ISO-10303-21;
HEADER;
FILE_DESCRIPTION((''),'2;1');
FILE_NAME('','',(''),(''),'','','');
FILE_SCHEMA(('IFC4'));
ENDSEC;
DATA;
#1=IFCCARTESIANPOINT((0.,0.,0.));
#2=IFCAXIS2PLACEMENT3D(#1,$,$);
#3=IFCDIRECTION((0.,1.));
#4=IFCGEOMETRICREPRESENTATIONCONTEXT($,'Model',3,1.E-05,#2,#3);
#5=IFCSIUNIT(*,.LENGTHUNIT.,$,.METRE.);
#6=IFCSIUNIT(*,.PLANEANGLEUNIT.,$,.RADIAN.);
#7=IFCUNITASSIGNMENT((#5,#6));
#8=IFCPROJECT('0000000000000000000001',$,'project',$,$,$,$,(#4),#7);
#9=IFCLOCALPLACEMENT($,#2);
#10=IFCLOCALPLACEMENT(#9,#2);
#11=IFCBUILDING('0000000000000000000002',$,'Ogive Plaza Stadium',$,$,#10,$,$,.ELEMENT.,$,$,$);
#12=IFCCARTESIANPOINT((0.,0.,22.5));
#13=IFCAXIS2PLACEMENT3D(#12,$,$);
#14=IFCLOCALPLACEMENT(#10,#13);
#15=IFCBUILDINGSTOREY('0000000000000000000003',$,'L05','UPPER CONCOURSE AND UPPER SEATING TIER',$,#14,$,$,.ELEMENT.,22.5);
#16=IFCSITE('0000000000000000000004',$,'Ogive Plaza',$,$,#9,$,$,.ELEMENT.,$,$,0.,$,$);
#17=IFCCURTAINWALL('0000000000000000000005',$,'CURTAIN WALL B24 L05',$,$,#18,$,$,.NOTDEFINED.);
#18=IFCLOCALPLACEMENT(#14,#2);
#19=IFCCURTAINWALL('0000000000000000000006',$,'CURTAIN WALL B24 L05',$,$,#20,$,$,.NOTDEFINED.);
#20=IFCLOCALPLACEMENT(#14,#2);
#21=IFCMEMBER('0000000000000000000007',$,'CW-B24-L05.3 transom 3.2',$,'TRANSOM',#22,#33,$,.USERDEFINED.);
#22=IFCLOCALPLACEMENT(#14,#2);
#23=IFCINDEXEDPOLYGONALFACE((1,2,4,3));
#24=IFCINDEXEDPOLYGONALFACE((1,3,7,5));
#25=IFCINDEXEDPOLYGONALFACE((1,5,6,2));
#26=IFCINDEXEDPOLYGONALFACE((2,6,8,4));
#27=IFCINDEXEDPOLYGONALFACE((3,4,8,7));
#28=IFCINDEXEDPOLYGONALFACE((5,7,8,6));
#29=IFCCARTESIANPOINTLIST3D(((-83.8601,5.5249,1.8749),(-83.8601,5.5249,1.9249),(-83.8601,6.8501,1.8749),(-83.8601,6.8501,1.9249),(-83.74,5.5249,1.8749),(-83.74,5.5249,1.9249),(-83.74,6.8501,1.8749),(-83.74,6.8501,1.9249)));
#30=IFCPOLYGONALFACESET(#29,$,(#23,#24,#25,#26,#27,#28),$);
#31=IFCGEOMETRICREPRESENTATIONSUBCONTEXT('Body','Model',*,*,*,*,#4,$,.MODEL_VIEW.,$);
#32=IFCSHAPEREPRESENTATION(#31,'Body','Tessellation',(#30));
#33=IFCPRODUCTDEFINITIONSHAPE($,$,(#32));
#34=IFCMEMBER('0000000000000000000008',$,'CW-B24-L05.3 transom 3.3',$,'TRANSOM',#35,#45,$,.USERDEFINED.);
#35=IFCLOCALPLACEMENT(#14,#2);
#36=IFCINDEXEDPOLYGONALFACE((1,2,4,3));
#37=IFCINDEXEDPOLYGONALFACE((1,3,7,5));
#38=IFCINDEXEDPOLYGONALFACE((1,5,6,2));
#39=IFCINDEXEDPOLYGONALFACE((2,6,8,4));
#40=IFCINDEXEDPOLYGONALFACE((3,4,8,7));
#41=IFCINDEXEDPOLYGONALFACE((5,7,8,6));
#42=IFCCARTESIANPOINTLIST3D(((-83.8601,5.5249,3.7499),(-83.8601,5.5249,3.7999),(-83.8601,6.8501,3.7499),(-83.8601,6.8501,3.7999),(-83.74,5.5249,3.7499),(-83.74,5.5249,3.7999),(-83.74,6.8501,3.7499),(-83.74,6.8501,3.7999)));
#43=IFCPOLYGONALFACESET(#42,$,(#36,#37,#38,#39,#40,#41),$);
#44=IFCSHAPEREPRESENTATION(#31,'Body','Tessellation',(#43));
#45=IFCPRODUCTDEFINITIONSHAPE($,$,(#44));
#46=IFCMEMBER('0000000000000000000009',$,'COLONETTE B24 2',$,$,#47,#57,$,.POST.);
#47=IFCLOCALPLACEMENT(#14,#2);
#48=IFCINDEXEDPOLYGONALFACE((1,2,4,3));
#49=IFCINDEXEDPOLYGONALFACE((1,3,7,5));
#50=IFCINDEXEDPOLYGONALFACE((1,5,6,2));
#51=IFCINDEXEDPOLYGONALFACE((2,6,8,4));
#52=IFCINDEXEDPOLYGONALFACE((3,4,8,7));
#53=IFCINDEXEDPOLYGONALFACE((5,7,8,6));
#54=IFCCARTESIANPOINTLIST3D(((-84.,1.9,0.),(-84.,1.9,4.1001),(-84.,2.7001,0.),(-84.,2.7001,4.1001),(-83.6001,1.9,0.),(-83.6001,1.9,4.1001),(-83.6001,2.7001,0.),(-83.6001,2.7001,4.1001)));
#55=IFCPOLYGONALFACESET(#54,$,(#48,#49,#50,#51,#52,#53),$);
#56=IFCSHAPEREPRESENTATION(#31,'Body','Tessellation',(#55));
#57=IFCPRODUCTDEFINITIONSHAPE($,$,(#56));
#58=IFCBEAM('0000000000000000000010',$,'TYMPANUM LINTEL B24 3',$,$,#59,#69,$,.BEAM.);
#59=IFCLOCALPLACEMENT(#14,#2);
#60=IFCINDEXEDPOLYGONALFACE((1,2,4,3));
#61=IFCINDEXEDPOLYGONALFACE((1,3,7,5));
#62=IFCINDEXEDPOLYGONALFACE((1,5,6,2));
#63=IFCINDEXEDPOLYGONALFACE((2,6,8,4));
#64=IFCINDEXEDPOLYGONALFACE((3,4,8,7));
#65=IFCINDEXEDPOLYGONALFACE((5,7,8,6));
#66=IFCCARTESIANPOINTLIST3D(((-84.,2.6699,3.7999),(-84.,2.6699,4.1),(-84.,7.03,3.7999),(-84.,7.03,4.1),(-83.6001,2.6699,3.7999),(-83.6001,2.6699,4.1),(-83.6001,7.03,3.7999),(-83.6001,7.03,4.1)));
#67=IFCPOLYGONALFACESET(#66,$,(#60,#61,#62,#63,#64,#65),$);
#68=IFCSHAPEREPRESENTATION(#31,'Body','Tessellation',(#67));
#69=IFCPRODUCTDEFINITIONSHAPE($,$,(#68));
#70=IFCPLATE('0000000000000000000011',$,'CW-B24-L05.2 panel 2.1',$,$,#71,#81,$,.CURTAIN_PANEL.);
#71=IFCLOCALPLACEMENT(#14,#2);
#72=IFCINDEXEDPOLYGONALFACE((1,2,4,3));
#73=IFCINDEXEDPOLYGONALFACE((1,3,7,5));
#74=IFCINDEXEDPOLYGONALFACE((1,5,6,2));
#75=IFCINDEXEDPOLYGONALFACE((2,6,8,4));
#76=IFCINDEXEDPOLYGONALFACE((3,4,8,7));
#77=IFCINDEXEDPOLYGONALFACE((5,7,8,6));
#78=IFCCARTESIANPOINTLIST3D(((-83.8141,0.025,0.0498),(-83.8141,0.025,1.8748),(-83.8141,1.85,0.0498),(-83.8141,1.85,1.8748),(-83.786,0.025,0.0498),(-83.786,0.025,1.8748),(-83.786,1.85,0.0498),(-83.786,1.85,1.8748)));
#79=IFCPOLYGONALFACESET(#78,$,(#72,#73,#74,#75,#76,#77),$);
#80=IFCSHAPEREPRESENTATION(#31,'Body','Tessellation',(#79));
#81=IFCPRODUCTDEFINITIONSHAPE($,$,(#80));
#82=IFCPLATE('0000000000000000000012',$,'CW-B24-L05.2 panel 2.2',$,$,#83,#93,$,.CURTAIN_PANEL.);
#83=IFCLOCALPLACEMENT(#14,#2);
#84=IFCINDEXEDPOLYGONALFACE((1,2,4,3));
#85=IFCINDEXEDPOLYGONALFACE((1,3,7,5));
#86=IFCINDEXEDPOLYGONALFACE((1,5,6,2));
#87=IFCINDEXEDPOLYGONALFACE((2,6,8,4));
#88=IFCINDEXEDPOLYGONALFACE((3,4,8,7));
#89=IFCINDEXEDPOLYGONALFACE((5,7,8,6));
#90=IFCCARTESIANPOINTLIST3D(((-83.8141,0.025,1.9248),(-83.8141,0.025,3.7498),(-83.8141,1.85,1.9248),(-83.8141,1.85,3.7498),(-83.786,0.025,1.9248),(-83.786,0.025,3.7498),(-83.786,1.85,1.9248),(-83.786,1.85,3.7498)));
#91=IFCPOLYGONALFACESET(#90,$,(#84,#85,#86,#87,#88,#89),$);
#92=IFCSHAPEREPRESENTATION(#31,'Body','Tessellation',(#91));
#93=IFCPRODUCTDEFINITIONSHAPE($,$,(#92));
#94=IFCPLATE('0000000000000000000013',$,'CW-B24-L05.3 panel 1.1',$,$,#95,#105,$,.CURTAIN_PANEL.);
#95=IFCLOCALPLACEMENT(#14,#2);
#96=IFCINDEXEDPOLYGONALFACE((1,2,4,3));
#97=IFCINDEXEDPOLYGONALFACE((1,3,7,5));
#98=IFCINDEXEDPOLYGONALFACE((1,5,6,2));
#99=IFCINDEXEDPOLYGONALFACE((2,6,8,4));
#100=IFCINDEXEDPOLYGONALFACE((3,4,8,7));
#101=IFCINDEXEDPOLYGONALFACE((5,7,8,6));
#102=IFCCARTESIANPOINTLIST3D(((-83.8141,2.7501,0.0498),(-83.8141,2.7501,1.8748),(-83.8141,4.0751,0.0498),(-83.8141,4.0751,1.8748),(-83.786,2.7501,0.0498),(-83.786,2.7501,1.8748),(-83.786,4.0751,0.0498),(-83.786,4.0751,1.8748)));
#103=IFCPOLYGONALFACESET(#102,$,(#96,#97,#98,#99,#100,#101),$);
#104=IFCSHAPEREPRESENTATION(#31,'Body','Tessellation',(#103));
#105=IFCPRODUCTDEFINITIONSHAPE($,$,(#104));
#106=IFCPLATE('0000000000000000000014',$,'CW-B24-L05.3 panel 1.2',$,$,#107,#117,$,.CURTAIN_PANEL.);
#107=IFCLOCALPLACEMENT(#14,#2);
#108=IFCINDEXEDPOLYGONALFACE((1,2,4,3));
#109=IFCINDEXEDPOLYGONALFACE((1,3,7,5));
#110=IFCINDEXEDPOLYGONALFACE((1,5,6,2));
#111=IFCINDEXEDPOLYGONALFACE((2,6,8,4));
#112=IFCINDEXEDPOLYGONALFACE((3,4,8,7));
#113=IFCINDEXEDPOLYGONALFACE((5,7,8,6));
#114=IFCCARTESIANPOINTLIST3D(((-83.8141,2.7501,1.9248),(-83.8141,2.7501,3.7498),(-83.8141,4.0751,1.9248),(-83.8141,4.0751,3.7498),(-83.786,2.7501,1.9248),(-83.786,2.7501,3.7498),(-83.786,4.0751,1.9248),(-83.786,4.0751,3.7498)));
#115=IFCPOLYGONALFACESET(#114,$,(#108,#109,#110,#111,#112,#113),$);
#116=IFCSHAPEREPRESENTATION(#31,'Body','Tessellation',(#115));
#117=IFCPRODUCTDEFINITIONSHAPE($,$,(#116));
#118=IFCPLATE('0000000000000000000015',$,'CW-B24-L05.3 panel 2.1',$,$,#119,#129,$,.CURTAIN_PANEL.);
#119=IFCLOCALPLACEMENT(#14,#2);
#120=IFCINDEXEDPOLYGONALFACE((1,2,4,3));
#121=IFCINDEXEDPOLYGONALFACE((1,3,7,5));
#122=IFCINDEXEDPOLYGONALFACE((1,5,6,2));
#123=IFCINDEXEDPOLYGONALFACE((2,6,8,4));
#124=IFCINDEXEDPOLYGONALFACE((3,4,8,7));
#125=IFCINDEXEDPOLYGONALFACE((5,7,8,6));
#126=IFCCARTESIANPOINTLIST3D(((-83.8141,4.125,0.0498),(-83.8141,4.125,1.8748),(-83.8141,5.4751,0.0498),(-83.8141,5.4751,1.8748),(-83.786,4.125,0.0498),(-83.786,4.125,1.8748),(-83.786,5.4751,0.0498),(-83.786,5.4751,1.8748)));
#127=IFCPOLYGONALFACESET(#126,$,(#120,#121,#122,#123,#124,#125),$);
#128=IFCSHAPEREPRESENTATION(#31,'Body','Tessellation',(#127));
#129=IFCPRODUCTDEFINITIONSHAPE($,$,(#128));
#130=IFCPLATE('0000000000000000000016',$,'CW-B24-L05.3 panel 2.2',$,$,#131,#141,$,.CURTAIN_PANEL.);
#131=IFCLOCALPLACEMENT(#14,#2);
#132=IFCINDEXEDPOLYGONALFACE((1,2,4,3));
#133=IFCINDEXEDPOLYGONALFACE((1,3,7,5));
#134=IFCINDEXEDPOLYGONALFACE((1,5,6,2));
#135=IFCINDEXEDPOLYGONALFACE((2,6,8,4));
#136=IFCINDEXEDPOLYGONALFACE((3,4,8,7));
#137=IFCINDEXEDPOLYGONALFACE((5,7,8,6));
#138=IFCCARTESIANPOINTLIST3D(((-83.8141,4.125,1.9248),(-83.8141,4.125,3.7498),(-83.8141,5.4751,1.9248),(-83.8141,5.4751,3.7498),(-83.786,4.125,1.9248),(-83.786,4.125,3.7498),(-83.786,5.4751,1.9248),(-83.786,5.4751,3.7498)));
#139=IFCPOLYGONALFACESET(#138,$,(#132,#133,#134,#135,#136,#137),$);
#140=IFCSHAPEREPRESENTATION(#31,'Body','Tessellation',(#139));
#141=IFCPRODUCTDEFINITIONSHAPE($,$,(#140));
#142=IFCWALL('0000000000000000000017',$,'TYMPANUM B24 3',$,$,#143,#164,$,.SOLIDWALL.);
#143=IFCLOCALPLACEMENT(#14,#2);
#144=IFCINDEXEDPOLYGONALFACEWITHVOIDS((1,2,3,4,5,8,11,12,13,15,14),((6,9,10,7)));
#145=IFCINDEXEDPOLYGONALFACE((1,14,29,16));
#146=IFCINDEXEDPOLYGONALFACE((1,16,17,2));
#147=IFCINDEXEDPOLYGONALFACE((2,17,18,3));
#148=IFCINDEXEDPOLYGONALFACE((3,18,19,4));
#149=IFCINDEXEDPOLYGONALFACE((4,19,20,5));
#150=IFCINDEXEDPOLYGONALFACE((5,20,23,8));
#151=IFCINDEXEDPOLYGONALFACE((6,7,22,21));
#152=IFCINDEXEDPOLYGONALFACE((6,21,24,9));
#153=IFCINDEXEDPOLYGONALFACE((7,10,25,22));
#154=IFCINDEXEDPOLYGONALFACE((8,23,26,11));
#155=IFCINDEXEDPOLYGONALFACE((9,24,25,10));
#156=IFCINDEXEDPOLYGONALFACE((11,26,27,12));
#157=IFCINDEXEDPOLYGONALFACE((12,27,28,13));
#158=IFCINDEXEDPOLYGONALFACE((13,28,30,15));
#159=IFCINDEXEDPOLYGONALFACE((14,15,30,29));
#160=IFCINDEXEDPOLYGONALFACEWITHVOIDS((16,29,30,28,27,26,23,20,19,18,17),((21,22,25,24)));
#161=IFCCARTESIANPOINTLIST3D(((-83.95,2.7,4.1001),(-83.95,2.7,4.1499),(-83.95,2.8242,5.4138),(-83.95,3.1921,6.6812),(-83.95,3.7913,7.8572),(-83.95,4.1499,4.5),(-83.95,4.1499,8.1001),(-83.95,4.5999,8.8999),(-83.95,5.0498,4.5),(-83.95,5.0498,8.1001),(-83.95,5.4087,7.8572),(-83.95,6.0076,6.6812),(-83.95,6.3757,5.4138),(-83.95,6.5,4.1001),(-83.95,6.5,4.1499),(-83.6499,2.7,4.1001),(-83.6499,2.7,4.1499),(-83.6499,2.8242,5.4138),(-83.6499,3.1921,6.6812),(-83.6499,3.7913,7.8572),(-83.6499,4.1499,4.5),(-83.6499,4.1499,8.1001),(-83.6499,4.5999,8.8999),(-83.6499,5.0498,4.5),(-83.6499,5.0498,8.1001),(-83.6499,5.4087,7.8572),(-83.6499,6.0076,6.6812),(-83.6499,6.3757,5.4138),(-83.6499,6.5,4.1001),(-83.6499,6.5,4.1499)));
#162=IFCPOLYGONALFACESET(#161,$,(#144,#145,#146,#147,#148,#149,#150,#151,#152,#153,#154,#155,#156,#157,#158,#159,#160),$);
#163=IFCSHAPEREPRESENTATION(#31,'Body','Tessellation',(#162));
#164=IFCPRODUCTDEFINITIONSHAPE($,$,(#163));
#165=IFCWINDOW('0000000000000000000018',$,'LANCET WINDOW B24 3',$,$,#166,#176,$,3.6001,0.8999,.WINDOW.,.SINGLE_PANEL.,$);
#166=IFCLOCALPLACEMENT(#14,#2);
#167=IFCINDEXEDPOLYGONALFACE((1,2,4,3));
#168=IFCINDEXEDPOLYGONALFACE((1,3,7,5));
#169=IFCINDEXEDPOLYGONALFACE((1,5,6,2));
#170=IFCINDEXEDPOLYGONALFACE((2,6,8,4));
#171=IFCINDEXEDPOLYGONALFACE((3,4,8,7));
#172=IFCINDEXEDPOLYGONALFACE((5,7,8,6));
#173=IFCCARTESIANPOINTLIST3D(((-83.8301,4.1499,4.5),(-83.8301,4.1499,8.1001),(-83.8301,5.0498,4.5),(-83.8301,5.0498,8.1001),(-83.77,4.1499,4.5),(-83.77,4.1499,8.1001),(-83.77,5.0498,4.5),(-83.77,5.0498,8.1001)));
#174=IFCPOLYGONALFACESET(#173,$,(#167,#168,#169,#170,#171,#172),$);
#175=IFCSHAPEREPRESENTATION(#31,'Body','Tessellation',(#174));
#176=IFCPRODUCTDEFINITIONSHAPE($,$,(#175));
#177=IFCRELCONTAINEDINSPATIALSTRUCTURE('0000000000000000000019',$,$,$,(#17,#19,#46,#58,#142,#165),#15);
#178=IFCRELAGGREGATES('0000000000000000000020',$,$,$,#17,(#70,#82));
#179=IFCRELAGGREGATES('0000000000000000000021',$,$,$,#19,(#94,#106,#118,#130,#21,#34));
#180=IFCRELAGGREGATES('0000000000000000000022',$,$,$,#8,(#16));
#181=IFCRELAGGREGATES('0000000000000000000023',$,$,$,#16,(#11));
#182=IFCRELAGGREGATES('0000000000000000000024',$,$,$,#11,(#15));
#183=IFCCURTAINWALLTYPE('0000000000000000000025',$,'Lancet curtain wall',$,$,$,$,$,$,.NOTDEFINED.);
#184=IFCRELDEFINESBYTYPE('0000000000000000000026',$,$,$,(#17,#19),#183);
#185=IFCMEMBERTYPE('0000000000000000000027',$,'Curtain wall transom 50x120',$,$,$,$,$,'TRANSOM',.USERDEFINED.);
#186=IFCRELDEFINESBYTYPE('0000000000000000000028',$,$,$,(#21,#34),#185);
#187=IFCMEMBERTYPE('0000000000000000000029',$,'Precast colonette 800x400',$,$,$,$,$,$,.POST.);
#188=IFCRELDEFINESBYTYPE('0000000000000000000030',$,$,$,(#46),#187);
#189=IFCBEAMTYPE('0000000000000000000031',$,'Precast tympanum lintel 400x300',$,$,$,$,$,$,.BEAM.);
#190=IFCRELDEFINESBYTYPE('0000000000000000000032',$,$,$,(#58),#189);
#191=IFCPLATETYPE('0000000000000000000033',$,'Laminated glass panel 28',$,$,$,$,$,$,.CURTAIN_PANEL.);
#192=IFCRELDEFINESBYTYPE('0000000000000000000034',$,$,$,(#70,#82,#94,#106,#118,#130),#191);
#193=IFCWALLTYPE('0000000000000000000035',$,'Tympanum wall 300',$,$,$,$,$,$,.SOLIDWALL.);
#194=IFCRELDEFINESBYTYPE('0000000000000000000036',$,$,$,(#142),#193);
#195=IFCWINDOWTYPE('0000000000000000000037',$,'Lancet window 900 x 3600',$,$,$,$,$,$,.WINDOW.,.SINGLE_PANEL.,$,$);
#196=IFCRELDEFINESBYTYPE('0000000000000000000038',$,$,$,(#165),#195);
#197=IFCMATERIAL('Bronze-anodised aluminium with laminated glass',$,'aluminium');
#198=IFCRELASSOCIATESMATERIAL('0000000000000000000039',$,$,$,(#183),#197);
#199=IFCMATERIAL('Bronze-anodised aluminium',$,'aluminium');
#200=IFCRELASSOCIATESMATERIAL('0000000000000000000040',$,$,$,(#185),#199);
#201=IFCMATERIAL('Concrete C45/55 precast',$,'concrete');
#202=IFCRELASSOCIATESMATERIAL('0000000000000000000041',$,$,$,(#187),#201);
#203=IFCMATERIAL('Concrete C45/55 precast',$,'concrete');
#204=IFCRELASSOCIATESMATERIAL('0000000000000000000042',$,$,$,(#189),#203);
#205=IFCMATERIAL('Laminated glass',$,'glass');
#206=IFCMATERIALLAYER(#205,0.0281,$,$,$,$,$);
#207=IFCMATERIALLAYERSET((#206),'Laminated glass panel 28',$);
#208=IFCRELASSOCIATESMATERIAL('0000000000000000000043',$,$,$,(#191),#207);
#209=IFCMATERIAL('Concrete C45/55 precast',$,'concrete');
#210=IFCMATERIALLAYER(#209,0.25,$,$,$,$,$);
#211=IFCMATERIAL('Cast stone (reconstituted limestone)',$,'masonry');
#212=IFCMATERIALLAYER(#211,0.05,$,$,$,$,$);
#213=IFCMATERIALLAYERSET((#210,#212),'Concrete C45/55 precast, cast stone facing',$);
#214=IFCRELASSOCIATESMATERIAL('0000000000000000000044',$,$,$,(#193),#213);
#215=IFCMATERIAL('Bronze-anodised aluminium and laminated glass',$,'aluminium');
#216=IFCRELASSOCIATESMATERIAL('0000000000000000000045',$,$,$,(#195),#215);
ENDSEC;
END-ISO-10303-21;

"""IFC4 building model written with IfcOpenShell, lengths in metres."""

from ifc_helpers import new_model, si_unit, direction, frame, frame_2d, origin, origin_2d, place, context, subcontext, project, spatial, polyline, rectangle, outline, extrude, material, layer, layer_set, material_profile, profile_set, type_object, element, fill, aggregate, save


model = new_model("IFC4")

# Units and contexts
model_context = context("Model", 3, precision=1e-05, world=origin(), true_north=direction((0.0, 1.0)))
body_context = subcontext(model_context, "Body", "Model", "MODEL_VIEW")
ifc_project = project(units=[si_unit("LENGTHUNIT", "METRE"), si_unit("PLANEANGLEUNIT", "RADIAN")], contexts=[model_context])

# Site, building, storey
site_placement = place(None, origin())
site = spatial("IfcSite", under=ifc_project, at=site_placement, Name="Ogive Plaza", CompositionType="ELEMENT", RefElevation=0.0)
building_placement = place(site_placement, origin())
building = spatial("IfcBuilding", under=site, at=building_placement, Name="Ogive Plaza Stadium", CompositionType="ELEMENT")
storey_placement = place(building_placement, frame((0.0, 0.0, 22.5)))
storey = spatial("IfcBuildingStorey", under=building, at=storey_placement, Name="L05", Description="UPPER CONCOURSE AND UPPER SEATING TIER", CompositionType="ELEMENT", Elevation=22.5)

# Curtain walls
ifc_material_1 = material(Name="Bronze-anodised aluminium with laminated glass", Category="aluminium")
curtain_wall_type = type_object("IfcCurtainWallType", Name="Lancet curtain wall", PredefinedType="NOTDEFINED", material=ifc_material_1)
curtain_wall_1_placement = place(storey_placement, origin())
curtain_wall_1 = element("IfcCurtainWall", 1, at=curtain_wall_1_placement, inside=storey, type_object=curtain_wall_type, Name="CURTAIN WALL B24 L05", PredefinedType="NOTDEFINED")
curtain_wall_2_placement = place(storey_placement, origin())
curtain_wall_2 = element("IfcCurtainWall", 2, at=curtain_wall_2_placement, inside=storey, type_object=curtain_wall_type, Name="CURTAIN WALL B24 L05", PredefinedType="NOTDEFINED")

# Members
ifc_material_2 = material(Name="Bronze-anodised aluminium", Category="aluminium")
ifc_material_profile_1 = material_profile(ifc_material_2, rectangle(XDim=0.1201, YDim=0.05, at=origin_2d()), Name="AL 120x50")
ifc_profile_set_1 = profile_set([ifc_material_profile_1], Name="Bronze-anodised aluminium")
member_type_1 = type_object("IfcMemberType", Name="Curtain wall transom 50x120", ElementType="TRANSOM", PredefinedType="USERDEFINED", material=ifc_profile_set_1)
member_1_placement = place(storey_placement, frame((-83.8, 5.5249, 1.8999), z_axis=(0.0, 1.0, 0.0), x_axis=(-1.0, 0.0, 0.0)))
member_1 = element("IfcMember", 3, at=member_1_placement, type_object=member_type_1, Name="CW-B24-L05.3 transom 3.2", ObjectType="TRANSOM", PredefinedType="USERDEFINED", context=body_context, shape_type="SweptSolid", body=[
    extrude(rectangle(XDim=0.1201, YDim=0.05, at=origin_2d()), origin(), (0.0, 0.0, 1.0), 1.3252),
])
member_2_placement = place(storey_placement, frame((-83.8, 5.5249, 3.7749), z_axis=(0.0, 1.0, 0.0), x_axis=(-1.0, 0.0, 0.0)))
member_2 = element("IfcMember", 4, at=member_2_placement, type_object=member_type_1, Name="CW-B24-L05.3 transom 3.3", ObjectType="TRANSOM", PredefinedType="USERDEFINED", context=body_context, shape_type="SweptSolid", body=[
    extrude(rectangle(XDim=0.1201, YDim=0.05, at=origin_2d()), origin(), (0.0, 0.0, 1.0), 1.3252),
])
ifc_material_3 = material(Name="Concrete C45/55 precast", Category="concrete")
ifc_material_profile_2 = material_profile(ifc_material_3, rectangle(XDim=0.3999, YDim=0.8, at=origin_2d()), Name="RC 400x800")
ifc_profile_set_2 = profile_set([ifc_material_profile_2], Name="Concrete C45/55 precast")
member_type_2 = type_object("IfcMemberType", Name="Precast colonette 800x400", PredefinedType="POST", material=ifc_profile_set_2)
member_3_placement = place(storey_placement, frame((-83.8, 2.3, 0.0), z_axis=(0.0, 0.0, 1.0), x_axis=(-1.0, 0.0, 0.0)))
element("IfcMember", 5, at=member_3_placement, inside=storey, type_object=member_type_2, Name="COLONETTE B24 2", PredefinedType="POST", context=body_context, shape_type="SweptSolid", body=[
    extrude(rectangle(XDim=0.3999, YDim=0.8, at=origin_2d()), origin(), (0.0, 0.0, 1.0), 4.1001),
])

# Beam
ifc_material_4 = material(Name="Concrete C45/55 precast", Category="concrete")
ifc_material_profile_3 = material_profile(ifc_material_4, rectangle(XDim=0.3999, YDim=0.3, at=origin_2d()), Name="RC 400x300")
ifc_profile_set_3 = profile_set([ifc_material_profile_3], Name="Concrete C45/55 precast")
beam_type = type_object("IfcBeamType", Name="Precast tympanum lintel 400x300", PredefinedType="BEAM", material=ifc_profile_set_3)
beam_placement = place(storey_placement, frame((-83.8, 2.6699, 3.95), z_axis=(0.0, 1.0, 0.0), x_axis=(-1.0, 0.0, 0.0)))
element("IfcBeam", 6, at=beam_placement, inside=storey, type_object=beam_type, Name="TYMPANUM LINTEL B24 3", PredefinedType="BEAM", context=body_context, shape_type="SweptSolid", body=[
    extrude(rectangle(XDim=0.3999, YDim=0.3, at=origin_2d()), origin(), (0.0, 0.0, 1.0), 4.3601),
])

# Plates
ifc_material_5 = material(Name="Laminated glass", Category="glass")
ifc_layer_1 = layer(ifc_material_5, 0.0281)
ifc_layer_set_1 = layer_set([ifc_layer_1], Name="Laminated glass panel 28")
plate_type = type_object("IfcPlateType", Name="Laminated glass panel 28", PredefinedType="CURTAIN_PANEL", material=ifc_layer_set_1)
plate_1_placement = place(storey_placement, frame((-83.8, 0.9375, 0.0498), z_axis=(0.0, 0.0, 1.0), x_axis=(0.0, 1.0, 0.0)))
plate_1 = element("IfcPlate", 7, at=plate_1_placement, type_object=plate_type, Name="CW-B24-L05.2 panel 2.1", PredefinedType="CURTAIN_PANEL", context=body_context, shape_type="SweptSolid", body=[
    extrude(rectangle(XDim=1.825, YDim=0.0281, at=origin_2d()), origin(), (0.0, 0.0, 1.0), 1.825),
])
plate_2_placement = place(storey_placement, frame((-83.8, 0.9375, 1.9248), z_axis=(0.0, 0.0, 1.0), x_axis=(0.0, 1.0, 0.0)))
plate_2 = element("IfcPlate", 8, at=plate_2_placement, type_object=plate_type, Name="CW-B24-L05.2 panel 2.2", PredefinedType="CURTAIN_PANEL", context=body_context, shape_type="SweptSolid", body=[
    extrude(rectangle(XDim=1.825, YDim=0.0281, at=origin_2d()), origin(), (0.0, 0.0, 1.0), 1.825),
])
aggregate(curtain_wall_1, [plate_1, plate_2])
plate_3_placement = place(storey_placement, frame((-83.8, 3.4126, 0.0498), z_axis=(0.0, 0.0, 1.0), x_axis=(0.0, 1.0, 0.0)))
plate_3 = element("IfcPlate", 9, at=plate_3_placement, type_object=plate_type, Name="CW-B24-L05.3 panel 1.1", PredefinedType="CURTAIN_PANEL", context=body_context, shape_type="SweptSolid", body=[
    extrude(rectangle(XDim=1.325, YDim=0.0281, at=origin_2d()), origin(), (0.0, 0.0, 1.0), 1.825),
])
plate_4_placement = place(storey_placement, frame((-83.8, 3.4126, 1.9248), z_axis=(0.0, 0.0, 1.0), x_axis=(0.0, 1.0, 0.0)))
plate_4 = element("IfcPlate", 10, at=plate_4_placement, type_object=plate_type, Name="CW-B24-L05.3 panel 1.2", PredefinedType="CURTAIN_PANEL", context=body_context, shape_type="SweptSolid", body=[
    extrude(rectangle(XDim=1.325, YDim=0.0281, at=origin_2d()), origin(), (0.0, 0.0, 1.0), 1.825),
])
plate_5_placement = place(storey_placement, frame((-83.8, 4.8, 0.0498), z_axis=(0.0, 0.0, 1.0), x_axis=(0.0, 1.0, 0.0)))
plate_5 = element("IfcPlate", 11, at=plate_5_placement, type_object=plate_type, Name="CW-B24-L05.3 panel 2.1", PredefinedType="CURTAIN_PANEL", context=body_context, shape_type="SweptSolid", body=[
    extrude(rectangle(XDim=1.3501, YDim=0.0281, at=origin_2d()), origin(), (0.0, 0.0, 1.0), 1.825),
])
plate_6_placement = place(storey_placement, frame((-83.8, 4.8, 1.9248), z_axis=(0.0, 0.0, 1.0), x_axis=(0.0, 1.0, 0.0)))
plate_6 = element("IfcPlate", 12, at=plate_6_placement, type_object=plate_type, Name="CW-B24-L05.3 panel 2.2", PredefinedType="CURTAIN_PANEL", context=body_context, shape_type="SweptSolid", body=[
    extrude(rectangle(XDim=1.3501, YDim=0.0281, at=origin_2d()), origin(), (0.0, 0.0, 1.0), 1.825),
])
aggregate(curtain_wall_2, [plate_3, plate_4, plate_5, plate_6, member_1, member_2])

# Wall, opening, window
ifc_material_6 = material(Name="Concrete C45/55 precast", Category="concrete")
ifc_layer_2 = layer(ifc_material_6, 0.25)
ifc_material_7 = material(Name="Cast stone (reconstituted limestone)", Category="masonry")
ifc_layer_3 = layer(ifc_material_7, 0.05)
ifc_layer_set_2 = layer_set([ifc_layer_2, ifc_layer_3], Name="Concrete C45/55 precast, cast stone facing")
wall_type = type_object("IfcWallType", Name="Tympanum wall 300", PredefinedType="SOLIDWALL", material=ifc_layer_set_2)
wall_placement = place(storey_placement, frame((-83.8, 2.7, 4.1001), z_axis=(0.0, 0.0, 1.0), x_axis=(0.0, 1.0, 0.0)))
wall = element("IfcWall", 13, at=wall_placement, inside=storey, type_object=wall_type, Name="TYMPANUM B24 3", PredefinedType="SOLIDWALL", context=body_context, shape_type="SweptSolid", body=[
    extrude(outline(polyline([(0.0, 0.0), (3.8, 0.0), (3.8, 0.0498), (3.6758, 1.3137), (3.3076, 2.5811), (2.7087, 3.7571), (1.8999, 4.7998), (1.0913, 3.7571), (0.4922, 2.5811), (0.1243, 1.3137), (0.0, 0.0498), (0.0, 0.0)])), frame((0.0, 0.1499, 0.0), z_axis=(0.0, -1.0, 0.0), x_axis=(1.0, 0.0, 0.0)), (0.0, 0.0, 1.0), 0.3),
])
opening_placement = place(wall_placement, frame((1.45, 0.0, 0.3999)))
opening = element("IfcOpeningElement", 14, at=opening_placement, cuts=wall, PredefinedType="OPENING", context=body_context, shape_type="SweptSolid", body=[
    extrude(rectangle(XDim=0.8999, YDim=3.6001, at=frame_2d((0.45, 1.8))), frame((0.0, 0.1602, 0.0), z_axis=(0.0, -1.0, 0.0), x_axis=(1.0, 0.0, 0.0)), (0.0, 0.0, 1.0), 0.3201),
])
ifc_material_8 = material(Name="Bronze-anodised aluminium and laminated glass", Category="aluminium")
window_type = type_object("IfcWindowType", Name="Lancet window 900 x 3600", PartitioningType="SINGLE_PANEL", PredefinedType="WINDOW", material=ifc_material_8)
window_placement = place(opening_placement, origin())
window = element("IfcWindow", 15, at=window_placement, inside=storey, type_object=window_type, Name="LANCET WINDOW B24 3", OverallHeight=3.6001, OverallWidth=0.8999, PartitioningType="SINGLE_PANEL", PredefinedType="WINDOW", context=body_context, shape_type="SweptSolid", body=[
    extrude(rectangle(XDim=0.8999, YDim=3.6001, at=frame_2d((0.45, 1.8))), frame((0.0, 0.03, 0.0), z_axis=(0.0, -1.0, 0.0), x_axis=(1.0, 0.0, 0.0)), (0.0, 0.0, 1.0), 0.0601),
])
fill(opening, window)

save(model, "model.ifc")
